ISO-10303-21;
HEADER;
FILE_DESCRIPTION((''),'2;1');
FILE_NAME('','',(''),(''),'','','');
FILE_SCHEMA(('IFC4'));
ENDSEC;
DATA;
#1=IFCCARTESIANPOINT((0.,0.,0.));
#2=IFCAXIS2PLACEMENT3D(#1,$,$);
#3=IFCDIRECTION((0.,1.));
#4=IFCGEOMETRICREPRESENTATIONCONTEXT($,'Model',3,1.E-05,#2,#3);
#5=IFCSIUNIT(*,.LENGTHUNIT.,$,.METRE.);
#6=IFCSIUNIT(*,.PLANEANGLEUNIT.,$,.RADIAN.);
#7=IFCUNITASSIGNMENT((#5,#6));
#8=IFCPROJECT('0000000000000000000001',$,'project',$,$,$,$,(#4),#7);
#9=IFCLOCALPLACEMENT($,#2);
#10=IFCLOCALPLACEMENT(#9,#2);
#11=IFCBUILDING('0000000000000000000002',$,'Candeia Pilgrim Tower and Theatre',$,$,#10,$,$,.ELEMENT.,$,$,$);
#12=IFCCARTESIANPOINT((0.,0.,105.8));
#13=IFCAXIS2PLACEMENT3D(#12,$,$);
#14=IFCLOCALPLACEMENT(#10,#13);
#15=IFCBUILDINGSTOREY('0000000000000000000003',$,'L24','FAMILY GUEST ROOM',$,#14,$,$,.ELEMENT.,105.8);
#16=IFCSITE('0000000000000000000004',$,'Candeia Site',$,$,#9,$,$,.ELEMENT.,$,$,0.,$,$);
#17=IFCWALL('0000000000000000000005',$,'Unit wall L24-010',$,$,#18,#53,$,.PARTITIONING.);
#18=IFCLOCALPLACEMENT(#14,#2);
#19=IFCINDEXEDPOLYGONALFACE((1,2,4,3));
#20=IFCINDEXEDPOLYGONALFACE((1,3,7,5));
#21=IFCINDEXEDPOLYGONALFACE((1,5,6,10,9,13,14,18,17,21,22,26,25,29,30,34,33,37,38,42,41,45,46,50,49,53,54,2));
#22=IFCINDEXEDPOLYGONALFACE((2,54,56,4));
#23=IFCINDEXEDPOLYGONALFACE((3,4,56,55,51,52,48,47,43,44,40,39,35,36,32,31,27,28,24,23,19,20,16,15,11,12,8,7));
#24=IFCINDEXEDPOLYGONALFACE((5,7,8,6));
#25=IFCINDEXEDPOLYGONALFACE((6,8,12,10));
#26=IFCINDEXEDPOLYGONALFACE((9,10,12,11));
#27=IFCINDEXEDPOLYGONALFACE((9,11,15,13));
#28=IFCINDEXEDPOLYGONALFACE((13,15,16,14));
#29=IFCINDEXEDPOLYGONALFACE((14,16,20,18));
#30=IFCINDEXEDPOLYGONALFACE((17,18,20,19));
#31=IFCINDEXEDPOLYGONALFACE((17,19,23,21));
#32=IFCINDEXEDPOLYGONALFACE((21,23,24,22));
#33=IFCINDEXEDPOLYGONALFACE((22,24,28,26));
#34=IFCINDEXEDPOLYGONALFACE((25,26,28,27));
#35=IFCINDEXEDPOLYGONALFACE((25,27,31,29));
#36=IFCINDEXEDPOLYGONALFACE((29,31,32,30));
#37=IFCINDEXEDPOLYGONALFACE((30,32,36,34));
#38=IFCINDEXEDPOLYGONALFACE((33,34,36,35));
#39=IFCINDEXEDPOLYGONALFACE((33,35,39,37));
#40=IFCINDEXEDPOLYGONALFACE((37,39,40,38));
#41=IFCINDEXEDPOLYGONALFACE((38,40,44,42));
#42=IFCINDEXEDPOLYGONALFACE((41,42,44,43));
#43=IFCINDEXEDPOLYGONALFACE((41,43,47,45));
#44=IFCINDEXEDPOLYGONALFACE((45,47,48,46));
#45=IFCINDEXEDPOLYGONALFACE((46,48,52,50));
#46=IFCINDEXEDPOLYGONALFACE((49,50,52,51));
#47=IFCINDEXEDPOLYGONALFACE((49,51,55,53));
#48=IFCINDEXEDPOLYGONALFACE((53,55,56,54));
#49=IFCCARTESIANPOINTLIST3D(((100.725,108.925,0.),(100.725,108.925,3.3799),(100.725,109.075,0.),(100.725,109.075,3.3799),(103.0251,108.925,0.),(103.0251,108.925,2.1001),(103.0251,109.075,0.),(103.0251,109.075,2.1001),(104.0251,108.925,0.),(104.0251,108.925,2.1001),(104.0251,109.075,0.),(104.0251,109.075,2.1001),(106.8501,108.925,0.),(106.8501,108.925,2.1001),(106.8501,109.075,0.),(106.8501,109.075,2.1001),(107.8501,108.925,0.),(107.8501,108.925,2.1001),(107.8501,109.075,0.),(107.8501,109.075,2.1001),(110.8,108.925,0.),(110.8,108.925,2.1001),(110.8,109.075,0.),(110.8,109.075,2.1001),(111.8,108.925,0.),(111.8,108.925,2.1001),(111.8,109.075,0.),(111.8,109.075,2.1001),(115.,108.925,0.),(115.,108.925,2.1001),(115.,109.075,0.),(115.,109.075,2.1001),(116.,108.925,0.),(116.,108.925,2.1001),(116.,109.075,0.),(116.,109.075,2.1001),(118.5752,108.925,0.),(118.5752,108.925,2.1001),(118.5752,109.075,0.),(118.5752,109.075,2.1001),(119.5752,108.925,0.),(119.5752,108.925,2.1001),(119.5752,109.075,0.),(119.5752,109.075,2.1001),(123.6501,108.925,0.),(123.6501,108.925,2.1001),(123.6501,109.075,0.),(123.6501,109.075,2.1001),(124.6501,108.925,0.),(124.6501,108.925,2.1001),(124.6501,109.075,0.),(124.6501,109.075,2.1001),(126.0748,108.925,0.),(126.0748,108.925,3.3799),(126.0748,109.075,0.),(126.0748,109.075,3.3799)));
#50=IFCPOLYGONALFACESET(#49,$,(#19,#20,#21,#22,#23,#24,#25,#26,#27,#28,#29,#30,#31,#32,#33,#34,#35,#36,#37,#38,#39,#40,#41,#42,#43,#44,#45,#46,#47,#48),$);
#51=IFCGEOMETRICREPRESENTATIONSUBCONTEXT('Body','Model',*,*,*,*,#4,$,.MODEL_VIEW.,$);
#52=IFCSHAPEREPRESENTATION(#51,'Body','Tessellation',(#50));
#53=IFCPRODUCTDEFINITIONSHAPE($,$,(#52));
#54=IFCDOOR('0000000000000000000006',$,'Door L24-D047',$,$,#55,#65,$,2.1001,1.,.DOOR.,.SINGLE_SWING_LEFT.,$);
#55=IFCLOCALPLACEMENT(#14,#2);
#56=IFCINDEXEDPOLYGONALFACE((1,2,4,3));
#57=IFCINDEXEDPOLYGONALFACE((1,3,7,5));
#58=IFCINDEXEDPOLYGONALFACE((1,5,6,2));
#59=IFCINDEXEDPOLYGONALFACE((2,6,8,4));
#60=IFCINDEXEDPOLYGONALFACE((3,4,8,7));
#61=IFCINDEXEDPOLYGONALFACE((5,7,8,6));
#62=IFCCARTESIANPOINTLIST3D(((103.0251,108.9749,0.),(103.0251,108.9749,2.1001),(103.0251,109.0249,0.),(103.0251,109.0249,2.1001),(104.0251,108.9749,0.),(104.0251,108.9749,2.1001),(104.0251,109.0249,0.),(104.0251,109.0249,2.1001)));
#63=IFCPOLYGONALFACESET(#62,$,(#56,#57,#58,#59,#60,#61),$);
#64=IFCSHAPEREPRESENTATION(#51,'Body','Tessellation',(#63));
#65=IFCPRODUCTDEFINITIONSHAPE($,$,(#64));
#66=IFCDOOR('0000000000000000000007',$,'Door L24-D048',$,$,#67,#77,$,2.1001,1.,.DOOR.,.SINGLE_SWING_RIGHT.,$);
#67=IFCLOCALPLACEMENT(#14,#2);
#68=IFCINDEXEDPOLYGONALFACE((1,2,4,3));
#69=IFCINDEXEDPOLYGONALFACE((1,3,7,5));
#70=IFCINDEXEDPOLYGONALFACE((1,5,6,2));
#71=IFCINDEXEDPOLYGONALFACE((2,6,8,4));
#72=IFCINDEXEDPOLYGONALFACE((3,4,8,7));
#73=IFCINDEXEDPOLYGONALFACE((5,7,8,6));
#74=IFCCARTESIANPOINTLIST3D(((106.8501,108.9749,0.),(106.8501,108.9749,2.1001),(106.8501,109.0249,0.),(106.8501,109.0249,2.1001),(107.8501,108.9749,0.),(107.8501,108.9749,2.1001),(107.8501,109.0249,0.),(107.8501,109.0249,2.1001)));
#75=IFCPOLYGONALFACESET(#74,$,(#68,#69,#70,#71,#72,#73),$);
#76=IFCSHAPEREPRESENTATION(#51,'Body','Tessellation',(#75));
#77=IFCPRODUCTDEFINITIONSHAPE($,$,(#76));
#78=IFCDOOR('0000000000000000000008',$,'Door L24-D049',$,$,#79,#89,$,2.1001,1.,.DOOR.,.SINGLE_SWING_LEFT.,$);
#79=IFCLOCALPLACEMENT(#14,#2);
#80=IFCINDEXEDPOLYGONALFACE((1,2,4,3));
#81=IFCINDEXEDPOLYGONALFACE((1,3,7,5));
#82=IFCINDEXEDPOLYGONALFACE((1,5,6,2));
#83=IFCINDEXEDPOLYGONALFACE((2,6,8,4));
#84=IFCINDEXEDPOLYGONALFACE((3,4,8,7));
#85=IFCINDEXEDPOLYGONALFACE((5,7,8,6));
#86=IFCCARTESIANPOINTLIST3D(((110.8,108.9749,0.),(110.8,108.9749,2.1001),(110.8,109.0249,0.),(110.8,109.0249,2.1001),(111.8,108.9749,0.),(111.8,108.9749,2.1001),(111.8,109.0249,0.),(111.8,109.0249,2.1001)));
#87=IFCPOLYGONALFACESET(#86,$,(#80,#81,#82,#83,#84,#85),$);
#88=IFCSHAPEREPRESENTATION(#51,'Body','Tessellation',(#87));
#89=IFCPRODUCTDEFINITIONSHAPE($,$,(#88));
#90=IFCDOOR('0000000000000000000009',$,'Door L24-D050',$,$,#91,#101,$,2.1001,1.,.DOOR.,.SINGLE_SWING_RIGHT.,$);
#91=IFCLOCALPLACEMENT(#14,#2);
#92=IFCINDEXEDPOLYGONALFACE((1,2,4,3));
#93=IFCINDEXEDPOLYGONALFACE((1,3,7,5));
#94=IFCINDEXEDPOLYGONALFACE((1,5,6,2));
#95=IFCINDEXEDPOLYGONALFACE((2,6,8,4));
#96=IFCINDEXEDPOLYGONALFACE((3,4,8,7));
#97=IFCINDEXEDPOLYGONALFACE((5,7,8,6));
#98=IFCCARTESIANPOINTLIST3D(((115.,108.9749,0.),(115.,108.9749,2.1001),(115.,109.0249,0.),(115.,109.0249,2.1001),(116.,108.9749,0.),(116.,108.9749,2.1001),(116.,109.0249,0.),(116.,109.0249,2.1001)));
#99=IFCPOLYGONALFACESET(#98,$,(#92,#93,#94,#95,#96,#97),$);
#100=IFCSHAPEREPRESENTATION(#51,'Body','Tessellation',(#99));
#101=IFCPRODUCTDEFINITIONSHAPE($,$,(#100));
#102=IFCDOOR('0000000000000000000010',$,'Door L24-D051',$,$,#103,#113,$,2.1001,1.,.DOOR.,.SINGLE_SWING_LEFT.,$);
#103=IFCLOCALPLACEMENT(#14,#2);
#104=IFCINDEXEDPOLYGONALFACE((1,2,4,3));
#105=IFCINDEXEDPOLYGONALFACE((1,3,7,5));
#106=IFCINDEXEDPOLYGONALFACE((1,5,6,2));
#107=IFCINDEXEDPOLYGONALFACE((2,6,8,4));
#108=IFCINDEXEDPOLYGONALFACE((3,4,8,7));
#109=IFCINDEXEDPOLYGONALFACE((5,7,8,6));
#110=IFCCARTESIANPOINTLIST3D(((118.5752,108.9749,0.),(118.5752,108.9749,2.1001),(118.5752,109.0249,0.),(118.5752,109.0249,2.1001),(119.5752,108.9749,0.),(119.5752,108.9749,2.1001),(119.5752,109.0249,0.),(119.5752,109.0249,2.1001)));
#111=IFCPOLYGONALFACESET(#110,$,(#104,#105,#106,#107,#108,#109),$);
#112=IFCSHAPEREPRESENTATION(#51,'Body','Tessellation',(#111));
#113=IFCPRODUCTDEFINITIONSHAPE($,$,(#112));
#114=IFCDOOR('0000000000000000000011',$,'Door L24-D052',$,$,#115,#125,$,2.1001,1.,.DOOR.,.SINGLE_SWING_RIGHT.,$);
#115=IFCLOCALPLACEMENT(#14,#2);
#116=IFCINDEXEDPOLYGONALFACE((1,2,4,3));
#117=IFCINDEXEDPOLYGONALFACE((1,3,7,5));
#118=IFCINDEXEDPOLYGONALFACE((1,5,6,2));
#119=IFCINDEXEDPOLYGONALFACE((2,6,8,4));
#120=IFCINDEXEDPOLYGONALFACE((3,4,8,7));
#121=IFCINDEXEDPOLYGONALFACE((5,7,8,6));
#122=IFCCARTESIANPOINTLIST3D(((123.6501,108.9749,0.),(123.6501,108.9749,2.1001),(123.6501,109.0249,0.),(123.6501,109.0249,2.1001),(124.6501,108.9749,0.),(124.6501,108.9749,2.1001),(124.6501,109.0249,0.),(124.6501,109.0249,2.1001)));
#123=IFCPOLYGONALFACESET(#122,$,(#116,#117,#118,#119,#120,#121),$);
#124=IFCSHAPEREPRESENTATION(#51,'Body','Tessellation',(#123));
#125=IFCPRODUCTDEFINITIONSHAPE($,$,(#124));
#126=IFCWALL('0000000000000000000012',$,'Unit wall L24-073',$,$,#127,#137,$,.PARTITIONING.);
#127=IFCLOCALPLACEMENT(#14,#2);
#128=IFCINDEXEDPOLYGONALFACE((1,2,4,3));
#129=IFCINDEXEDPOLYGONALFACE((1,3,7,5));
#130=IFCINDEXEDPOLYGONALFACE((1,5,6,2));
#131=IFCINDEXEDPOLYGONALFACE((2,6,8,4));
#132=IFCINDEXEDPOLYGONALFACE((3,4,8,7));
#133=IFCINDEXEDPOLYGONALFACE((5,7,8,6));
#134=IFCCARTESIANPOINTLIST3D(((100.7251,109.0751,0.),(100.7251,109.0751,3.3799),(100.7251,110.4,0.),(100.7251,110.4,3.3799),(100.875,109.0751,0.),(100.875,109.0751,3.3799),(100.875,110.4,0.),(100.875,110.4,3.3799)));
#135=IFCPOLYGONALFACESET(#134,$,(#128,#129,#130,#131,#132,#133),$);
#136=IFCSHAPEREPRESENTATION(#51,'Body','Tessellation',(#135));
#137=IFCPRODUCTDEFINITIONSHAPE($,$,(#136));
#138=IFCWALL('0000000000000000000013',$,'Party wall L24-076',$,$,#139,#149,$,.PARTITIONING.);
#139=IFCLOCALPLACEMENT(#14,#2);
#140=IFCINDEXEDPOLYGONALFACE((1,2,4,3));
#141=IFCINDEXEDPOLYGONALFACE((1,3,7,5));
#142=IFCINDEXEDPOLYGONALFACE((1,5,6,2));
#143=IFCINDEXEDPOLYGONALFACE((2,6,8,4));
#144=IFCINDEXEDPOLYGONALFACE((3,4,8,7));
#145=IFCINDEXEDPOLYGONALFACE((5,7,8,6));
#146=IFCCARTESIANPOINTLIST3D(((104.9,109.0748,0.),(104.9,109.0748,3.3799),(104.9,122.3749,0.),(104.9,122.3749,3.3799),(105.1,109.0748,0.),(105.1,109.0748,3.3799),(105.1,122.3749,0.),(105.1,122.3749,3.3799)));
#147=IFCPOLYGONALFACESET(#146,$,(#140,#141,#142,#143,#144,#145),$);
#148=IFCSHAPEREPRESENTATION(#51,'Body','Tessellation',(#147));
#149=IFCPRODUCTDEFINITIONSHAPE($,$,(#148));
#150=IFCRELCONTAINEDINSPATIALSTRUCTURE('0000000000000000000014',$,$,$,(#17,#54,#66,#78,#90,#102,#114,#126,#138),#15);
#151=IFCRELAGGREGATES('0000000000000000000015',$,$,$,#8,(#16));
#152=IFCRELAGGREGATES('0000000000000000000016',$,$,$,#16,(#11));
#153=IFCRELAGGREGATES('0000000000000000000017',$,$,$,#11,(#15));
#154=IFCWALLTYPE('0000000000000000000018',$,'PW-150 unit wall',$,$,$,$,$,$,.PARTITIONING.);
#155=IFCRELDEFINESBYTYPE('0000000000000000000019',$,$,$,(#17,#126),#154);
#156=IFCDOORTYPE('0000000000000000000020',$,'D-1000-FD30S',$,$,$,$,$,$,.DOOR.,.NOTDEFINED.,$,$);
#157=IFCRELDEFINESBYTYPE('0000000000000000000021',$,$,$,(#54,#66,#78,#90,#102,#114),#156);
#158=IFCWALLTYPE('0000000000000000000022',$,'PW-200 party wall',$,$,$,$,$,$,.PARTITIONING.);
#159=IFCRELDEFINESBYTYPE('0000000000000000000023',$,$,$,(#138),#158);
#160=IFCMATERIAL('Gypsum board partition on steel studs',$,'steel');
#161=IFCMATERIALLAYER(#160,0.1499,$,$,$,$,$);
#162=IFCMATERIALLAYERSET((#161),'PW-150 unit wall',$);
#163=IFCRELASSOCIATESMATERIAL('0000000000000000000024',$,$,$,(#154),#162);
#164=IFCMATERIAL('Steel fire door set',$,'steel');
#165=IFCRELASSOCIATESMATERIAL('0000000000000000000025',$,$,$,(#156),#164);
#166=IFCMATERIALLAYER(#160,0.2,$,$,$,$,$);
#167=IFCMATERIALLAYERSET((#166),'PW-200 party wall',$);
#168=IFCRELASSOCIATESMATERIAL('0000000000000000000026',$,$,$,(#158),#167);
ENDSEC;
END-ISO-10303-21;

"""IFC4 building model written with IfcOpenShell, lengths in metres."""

from ifc_helpers import new_model, si_unit, direction, frame, frame_2d, origin, place, context, subcontext, project, spatial, rectangle, extrude, material, layer, layer_set, type_object, element, fill, save


model = new_model("IFC4")

# Units and contexts
model_context = context("Model", 3, precision=1e-05, world=origin(), true_north=direction((0.0, 1.0)))
body_context = subcontext(model_context, "Body", "Model", "MODEL_VIEW")
ifc_project = project(units=[si_unit("LENGTHUNIT", "METRE"), si_unit("PLANEANGLEUNIT", "RADIAN")], contexts=[model_context])

# Site, building, storey
site_placement = place(None, origin())
site = spatial("IfcSite", under=ifc_project, at=site_placement, Name="Candeia Site", CompositionType="ELEMENT", RefElevation=0.0)
building_placement = place(site_placement, origin())
building = spatial("IfcBuilding", under=site, at=building_placement, Name="Candeia Pilgrim Tower and Theatre", CompositionType="ELEMENT")
storey_placement = place(building_placement, frame((0.0, 0.0, 105.8)))
storey = spatial("IfcBuildingStorey", under=building, at=storey_placement, Name="L24", Description="FAMILY GUEST ROOM", CompositionType="ELEMENT", Elevation=105.8)

# Shared definitions
ifc_material_1 = material(Name="Steel fire door set", Category="steel")
ifc_material_2 = material(Name="Gypsum board partition on steel studs", Category="steel")

# Wall, openings, doors
ifc_layer_1 = layer(ifc_material_2, 0.1499)
ifc_layer_set_1 = layer_set([ifc_layer_1], Name="PW-150 unit wall")
wall_type_1 = type_object("IfcWallType", Name="PW-150 unit wall", PredefinedType="PARTITIONING", material=ifc_layer_set_1)
wall_1_placement = place(storey_placement, frame((100.7251, 109.0, 0.0), z_axis=(0.0, 0.0, 1.0), x_axis=(1.0, 0.0, 0.0)))
wall_1 = element("IfcWall", 1, at=wall_1_placement, inside=storey, type_object=wall_type_1, Name="Unit wall L24-010", PredefinedType="PARTITIONING", context=body_context, shape_type="SweptSolid", body=[
    extrude(rectangle(XDim=25.3499, YDim=0.1499, at=frame_2d((12.6748, 0.0))), origin(), (0.0, 0.0, 1.0), 3.3799),
])
opening_1_placement = place(wall_1_placement, frame((2.3, 0.0, 0.0)))
opening_1 = element("IfcOpeningElement", 2, at=opening_1_placement, cuts=wall_1, PredefinedType="OPENING", context=body_context, shape_type="SweptSolid", body=[
    extrude(rectangle(XDim=1.0, YDim=2.1001, at=frame_2d((0.5, 1.05))), frame((0.0, 0.085, 0.0), z_axis=(0.0, -1.0, 0.0), x_axis=(1.0, 0.0, 0.0)), (0.0, 0.0, 1.0), 0.1699),
])
opening_2_placement = place(wall_1_placement, frame((6.125, 0.0, 0.0)))
opening_2 = element("IfcOpeningElement", 3, at=opening_2_placement, cuts=wall_1, PredefinedType="OPENING", context=body_context, shape_type="SweptSolid", body=[
    extrude(rectangle(XDim=1.0, YDim=2.1001, at=frame_2d((0.5, 1.05))), frame((0.0, 0.085, 0.0), z_axis=(0.0, -1.0, 0.0), x_axis=(1.0, 0.0, 0.0)), (0.0, 0.0, 1.0), 0.1699),
])
opening_3_placement = place(wall_1_placement, frame((10.075, 0.0, 0.0)))
opening_3 = element("IfcOpeningElement", 4, at=opening_3_placement, cuts=wall_1, PredefinedType="OPENING", context=body_context, shape_type="SweptSolid", body=[
    extrude(rectangle(XDim=1.0, YDim=2.1001, at=frame_2d((0.5, 1.05))), frame((0.0, 0.085, 0.0), z_axis=(0.0, -1.0, 0.0), x_axis=(1.0, 0.0, 0.0)), (0.0, 0.0, 1.0), 0.1699),
])
opening_4_placement = place(wall_1_placement, frame((14.2749, 0.0, 0.0)))
opening_4 = element("IfcOpeningElement", 5, at=opening_4_placement, cuts=wall_1, PredefinedType="OPENING", context=body_context, shape_type="SweptSolid", body=[
    extrude(rectangle(XDim=1.0, YDim=2.1001, at=frame_2d((0.5, 1.05))), frame((0.0, 0.085, 0.0), z_axis=(0.0, -1.0, 0.0), x_axis=(1.0, 0.0, 0.0)), (0.0, 0.0, 1.0), 0.1699),
])
opening_5_placement = place(wall_1_placement, frame((17.8501, 0.0, 0.0)))
opening_5 = element("IfcOpeningElement", 6, at=opening_5_placement, cuts=wall_1, PredefinedType="OPENING", context=body_context, shape_type="SweptSolid", body=[
    extrude(rectangle(XDim=1.0, YDim=2.1001, at=frame_2d((0.5, 1.05))), frame((0.0, 0.085, 0.0), z_axis=(0.0, -1.0, 0.0), x_axis=(1.0, 0.0, 0.0)), (0.0, 0.0, 1.0), 0.1699),
])
opening_6_placement = place(wall_1_placement, frame((22.925, 0.0, 0.0)))
opening_6 = element("IfcOpeningElement", 7, at=opening_6_placement, cuts=wall_1, PredefinedType="OPENING", context=body_context, shape_type="SweptSolid", body=[
    extrude(rectangle(XDim=1.0, YDim=2.1001, at=frame_2d((0.5, 1.05))), frame((0.0, 0.085, 0.0), z_axis=(0.0, -1.0, 0.0), x_axis=(1.0, 0.0, 0.0)), (0.0, 0.0, 1.0), 0.1699),
])
door_type_1 = type_object("IfcDoorType", Name="D-1000-FD30S", OperationType="NOTDEFINED", PredefinedType="DOOR", material=ifc_material_1)
door_1_placement = place(opening_1_placement, origin())
door_1 = element("IfcDoor", 8, at=door_1_placement, inside=storey, type_object=door_type_1, Name="Door L24-D047", OperationType="SINGLE_SWING_LEFT", OverallHeight=2.1001, OverallWidth=1.0, PredefinedType="DOOR", context=body_context, shape_type="SweptSolid", body=[
    extrude(rectangle(XDim=1.0, YDim=2.1001, at=frame_2d((0.5, 1.05))), frame((0.0, 0.0249, 0.0), z_axis=(0.0, -1.0, 0.0), x_axis=(1.0, 0.0, 0.0)), (0.0, 0.0, 1.0), 0.05),
])
fill(opening_1, door_1)
door_2_placement = place(opening_2_placement, origin())
door_2 = element("IfcDoor", 9, at=door_2_placement, inside=storey, type_object=door_type_1, Name="Door L24-D048", OperationType="SINGLE_SWING_RIGHT", OverallHeight=2.1001, OverallWidth=1.0, PredefinedType="DOOR", context=body_context, shape_type="SweptSolid", body=[
    extrude(rectangle(XDim=1.0, YDim=2.1001, at=frame_2d((0.5, 1.05))), frame((0.0, 0.0249, 0.0), z_axis=(0.0, -1.0, 0.0), x_axis=(1.0, 0.0, 0.0)), (0.0, 0.0, 1.0), 0.05),
])
fill(opening_2, door_2)
door_3_placement = place(opening_3_placement, origin())
door_3 = element("IfcDoor", 10, at=door_3_placement, inside=storey, type_object=door_type_1, Name="Door L24-D049", OperationType="SINGLE_SWING_LEFT", OverallHeight=2.1001, OverallWidth=1.0, PredefinedType="DOOR", context=body_context, shape_type="SweptSolid", body=[
    extrude(rectangle(XDim=1.0, YDim=2.1001, at=frame_2d((0.5, 1.05))), frame((0.0, 0.0249, 0.0), z_axis=(0.0, -1.0, 0.0), x_axis=(1.0, 0.0, 0.0)), (0.0, 0.0, 1.0), 0.05),
])
fill(opening_3, door_3)
door_4_placement = place(opening_4_placement, origin())
door_4 = element("IfcDoor", 11, at=door_4_placement, inside=storey, type_object=door_type_1, Name="Door L24-D050", OperationType="SINGLE_SWING_RIGHT", OverallHeight=2.1001, OverallWidth=1.0, PredefinedType="DOOR", context=body_context, shape_type="SweptSolid", body=[
    extrude(rectangle(XDim=1.0, YDim=2.1001, at=frame_2d((0.5, 1.05))), frame((0.0, 0.0249, 0.0), z_axis=(0.0, -1.0, 0.0), x_axis=(1.0, 0.0, 0.0)), (0.0, 0.0, 1.0), 0.05),
])
fill(opening_4, door_4)
door_5_placement = place(opening_5_placement, origin())
door_5 = element("IfcDoor", 12, at=door_5_placement, inside=storey, type_object=door_type_1, Name="Door L24-D051", OperationType="SINGLE_SWING_LEFT", OverallHeight=2.1001, OverallWidth=1.0, PredefinedType="DOOR", context=body_context, shape_type="SweptSolid", body=[
    extrude(rectangle(XDim=1.0, YDim=2.1001, at=frame_2d((0.5, 1.05))), frame((0.0, 0.0249, 0.0), z_axis=(0.0, -1.0, 0.0), x_axis=(1.0, 0.0, 0.0)), (0.0, 0.0, 1.0), 0.05),
])
fill(opening_5, door_5)
door_6_placement = place(opening_6_placement, origin())
door_6 = element("IfcDoor", 13, at=door_6_placement, inside=storey, type_object=door_type_1, Name="Door L24-D052", OperationType="SINGLE_SWING_RIGHT", OverallHeight=2.1001, OverallWidth=1.0, PredefinedType="DOOR", context=body_context, shape_type="SweptSolid", body=[
    extrude(rectangle(XDim=1.0, YDim=2.1001, at=frame_2d((0.5, 1.05))), frame((0.0, 0.0249, 0.0), z_axis=(0.0, -1.0, 0.0), x_axis=(1.0, 0.0, 0.0)), (0.0, 0.0, 1.0), 0.05),
])
fill(opening_6, door_6)

# Walls
wall_2_placement = place(storey_placement, frame((100.8, 109.075, 0.0), z_axis=(0.0, 0.0, 1.0), x_axis=(0.0, 1.0, 0.0)))
element("IfcWall", 14, at=wall_2_placement, inside=storey, type_object=wall_type_1, Name="Unit wall L24-073", PredefinedType="PARTITIONING", context=body_context, shape_type="SweptSolid", body=[
    extrude(rectangle(XDim=1.325, YDim=0.1499, at=frame_2d((0.6626, 0.0))), origin(), (0.0, 0.0, 1.0), 3.3799),
])
ifc_layer_2 = layer(ifc_material_2, 0.2)
ifc_layer_set_2 = layer_set([ifc_layer_2], Name="PW-200 party wall")
wall_type_2 = type_object("IfcWallType", Name="PW-200 party wall", PredefinedType="PARTITIONING", material=ifc_layer_set_2)
wall_3_placement = place(storey_placement, frame((105.0, 109.075, 0.0), z_axis=(0.0, 0.0, 1.0), x_axis=(0.0, 1.0, 0.0)))
element("IfcWall", 15, at=wall_3_placement, inside=storey, type_object=wall_type_2, Name="Party wall L24-076", PredefinedType="PARTITIONING", context=body_context, shape_type="SweptSolid", body=[
    extrude(rectangle(XDim=13.3, YDim=0.2, at=frame_2d((6.6499, 0.0))), origin(), (0.0, 0.0, 1.0), 3.3799),
])

save(model, "model.ifc")
